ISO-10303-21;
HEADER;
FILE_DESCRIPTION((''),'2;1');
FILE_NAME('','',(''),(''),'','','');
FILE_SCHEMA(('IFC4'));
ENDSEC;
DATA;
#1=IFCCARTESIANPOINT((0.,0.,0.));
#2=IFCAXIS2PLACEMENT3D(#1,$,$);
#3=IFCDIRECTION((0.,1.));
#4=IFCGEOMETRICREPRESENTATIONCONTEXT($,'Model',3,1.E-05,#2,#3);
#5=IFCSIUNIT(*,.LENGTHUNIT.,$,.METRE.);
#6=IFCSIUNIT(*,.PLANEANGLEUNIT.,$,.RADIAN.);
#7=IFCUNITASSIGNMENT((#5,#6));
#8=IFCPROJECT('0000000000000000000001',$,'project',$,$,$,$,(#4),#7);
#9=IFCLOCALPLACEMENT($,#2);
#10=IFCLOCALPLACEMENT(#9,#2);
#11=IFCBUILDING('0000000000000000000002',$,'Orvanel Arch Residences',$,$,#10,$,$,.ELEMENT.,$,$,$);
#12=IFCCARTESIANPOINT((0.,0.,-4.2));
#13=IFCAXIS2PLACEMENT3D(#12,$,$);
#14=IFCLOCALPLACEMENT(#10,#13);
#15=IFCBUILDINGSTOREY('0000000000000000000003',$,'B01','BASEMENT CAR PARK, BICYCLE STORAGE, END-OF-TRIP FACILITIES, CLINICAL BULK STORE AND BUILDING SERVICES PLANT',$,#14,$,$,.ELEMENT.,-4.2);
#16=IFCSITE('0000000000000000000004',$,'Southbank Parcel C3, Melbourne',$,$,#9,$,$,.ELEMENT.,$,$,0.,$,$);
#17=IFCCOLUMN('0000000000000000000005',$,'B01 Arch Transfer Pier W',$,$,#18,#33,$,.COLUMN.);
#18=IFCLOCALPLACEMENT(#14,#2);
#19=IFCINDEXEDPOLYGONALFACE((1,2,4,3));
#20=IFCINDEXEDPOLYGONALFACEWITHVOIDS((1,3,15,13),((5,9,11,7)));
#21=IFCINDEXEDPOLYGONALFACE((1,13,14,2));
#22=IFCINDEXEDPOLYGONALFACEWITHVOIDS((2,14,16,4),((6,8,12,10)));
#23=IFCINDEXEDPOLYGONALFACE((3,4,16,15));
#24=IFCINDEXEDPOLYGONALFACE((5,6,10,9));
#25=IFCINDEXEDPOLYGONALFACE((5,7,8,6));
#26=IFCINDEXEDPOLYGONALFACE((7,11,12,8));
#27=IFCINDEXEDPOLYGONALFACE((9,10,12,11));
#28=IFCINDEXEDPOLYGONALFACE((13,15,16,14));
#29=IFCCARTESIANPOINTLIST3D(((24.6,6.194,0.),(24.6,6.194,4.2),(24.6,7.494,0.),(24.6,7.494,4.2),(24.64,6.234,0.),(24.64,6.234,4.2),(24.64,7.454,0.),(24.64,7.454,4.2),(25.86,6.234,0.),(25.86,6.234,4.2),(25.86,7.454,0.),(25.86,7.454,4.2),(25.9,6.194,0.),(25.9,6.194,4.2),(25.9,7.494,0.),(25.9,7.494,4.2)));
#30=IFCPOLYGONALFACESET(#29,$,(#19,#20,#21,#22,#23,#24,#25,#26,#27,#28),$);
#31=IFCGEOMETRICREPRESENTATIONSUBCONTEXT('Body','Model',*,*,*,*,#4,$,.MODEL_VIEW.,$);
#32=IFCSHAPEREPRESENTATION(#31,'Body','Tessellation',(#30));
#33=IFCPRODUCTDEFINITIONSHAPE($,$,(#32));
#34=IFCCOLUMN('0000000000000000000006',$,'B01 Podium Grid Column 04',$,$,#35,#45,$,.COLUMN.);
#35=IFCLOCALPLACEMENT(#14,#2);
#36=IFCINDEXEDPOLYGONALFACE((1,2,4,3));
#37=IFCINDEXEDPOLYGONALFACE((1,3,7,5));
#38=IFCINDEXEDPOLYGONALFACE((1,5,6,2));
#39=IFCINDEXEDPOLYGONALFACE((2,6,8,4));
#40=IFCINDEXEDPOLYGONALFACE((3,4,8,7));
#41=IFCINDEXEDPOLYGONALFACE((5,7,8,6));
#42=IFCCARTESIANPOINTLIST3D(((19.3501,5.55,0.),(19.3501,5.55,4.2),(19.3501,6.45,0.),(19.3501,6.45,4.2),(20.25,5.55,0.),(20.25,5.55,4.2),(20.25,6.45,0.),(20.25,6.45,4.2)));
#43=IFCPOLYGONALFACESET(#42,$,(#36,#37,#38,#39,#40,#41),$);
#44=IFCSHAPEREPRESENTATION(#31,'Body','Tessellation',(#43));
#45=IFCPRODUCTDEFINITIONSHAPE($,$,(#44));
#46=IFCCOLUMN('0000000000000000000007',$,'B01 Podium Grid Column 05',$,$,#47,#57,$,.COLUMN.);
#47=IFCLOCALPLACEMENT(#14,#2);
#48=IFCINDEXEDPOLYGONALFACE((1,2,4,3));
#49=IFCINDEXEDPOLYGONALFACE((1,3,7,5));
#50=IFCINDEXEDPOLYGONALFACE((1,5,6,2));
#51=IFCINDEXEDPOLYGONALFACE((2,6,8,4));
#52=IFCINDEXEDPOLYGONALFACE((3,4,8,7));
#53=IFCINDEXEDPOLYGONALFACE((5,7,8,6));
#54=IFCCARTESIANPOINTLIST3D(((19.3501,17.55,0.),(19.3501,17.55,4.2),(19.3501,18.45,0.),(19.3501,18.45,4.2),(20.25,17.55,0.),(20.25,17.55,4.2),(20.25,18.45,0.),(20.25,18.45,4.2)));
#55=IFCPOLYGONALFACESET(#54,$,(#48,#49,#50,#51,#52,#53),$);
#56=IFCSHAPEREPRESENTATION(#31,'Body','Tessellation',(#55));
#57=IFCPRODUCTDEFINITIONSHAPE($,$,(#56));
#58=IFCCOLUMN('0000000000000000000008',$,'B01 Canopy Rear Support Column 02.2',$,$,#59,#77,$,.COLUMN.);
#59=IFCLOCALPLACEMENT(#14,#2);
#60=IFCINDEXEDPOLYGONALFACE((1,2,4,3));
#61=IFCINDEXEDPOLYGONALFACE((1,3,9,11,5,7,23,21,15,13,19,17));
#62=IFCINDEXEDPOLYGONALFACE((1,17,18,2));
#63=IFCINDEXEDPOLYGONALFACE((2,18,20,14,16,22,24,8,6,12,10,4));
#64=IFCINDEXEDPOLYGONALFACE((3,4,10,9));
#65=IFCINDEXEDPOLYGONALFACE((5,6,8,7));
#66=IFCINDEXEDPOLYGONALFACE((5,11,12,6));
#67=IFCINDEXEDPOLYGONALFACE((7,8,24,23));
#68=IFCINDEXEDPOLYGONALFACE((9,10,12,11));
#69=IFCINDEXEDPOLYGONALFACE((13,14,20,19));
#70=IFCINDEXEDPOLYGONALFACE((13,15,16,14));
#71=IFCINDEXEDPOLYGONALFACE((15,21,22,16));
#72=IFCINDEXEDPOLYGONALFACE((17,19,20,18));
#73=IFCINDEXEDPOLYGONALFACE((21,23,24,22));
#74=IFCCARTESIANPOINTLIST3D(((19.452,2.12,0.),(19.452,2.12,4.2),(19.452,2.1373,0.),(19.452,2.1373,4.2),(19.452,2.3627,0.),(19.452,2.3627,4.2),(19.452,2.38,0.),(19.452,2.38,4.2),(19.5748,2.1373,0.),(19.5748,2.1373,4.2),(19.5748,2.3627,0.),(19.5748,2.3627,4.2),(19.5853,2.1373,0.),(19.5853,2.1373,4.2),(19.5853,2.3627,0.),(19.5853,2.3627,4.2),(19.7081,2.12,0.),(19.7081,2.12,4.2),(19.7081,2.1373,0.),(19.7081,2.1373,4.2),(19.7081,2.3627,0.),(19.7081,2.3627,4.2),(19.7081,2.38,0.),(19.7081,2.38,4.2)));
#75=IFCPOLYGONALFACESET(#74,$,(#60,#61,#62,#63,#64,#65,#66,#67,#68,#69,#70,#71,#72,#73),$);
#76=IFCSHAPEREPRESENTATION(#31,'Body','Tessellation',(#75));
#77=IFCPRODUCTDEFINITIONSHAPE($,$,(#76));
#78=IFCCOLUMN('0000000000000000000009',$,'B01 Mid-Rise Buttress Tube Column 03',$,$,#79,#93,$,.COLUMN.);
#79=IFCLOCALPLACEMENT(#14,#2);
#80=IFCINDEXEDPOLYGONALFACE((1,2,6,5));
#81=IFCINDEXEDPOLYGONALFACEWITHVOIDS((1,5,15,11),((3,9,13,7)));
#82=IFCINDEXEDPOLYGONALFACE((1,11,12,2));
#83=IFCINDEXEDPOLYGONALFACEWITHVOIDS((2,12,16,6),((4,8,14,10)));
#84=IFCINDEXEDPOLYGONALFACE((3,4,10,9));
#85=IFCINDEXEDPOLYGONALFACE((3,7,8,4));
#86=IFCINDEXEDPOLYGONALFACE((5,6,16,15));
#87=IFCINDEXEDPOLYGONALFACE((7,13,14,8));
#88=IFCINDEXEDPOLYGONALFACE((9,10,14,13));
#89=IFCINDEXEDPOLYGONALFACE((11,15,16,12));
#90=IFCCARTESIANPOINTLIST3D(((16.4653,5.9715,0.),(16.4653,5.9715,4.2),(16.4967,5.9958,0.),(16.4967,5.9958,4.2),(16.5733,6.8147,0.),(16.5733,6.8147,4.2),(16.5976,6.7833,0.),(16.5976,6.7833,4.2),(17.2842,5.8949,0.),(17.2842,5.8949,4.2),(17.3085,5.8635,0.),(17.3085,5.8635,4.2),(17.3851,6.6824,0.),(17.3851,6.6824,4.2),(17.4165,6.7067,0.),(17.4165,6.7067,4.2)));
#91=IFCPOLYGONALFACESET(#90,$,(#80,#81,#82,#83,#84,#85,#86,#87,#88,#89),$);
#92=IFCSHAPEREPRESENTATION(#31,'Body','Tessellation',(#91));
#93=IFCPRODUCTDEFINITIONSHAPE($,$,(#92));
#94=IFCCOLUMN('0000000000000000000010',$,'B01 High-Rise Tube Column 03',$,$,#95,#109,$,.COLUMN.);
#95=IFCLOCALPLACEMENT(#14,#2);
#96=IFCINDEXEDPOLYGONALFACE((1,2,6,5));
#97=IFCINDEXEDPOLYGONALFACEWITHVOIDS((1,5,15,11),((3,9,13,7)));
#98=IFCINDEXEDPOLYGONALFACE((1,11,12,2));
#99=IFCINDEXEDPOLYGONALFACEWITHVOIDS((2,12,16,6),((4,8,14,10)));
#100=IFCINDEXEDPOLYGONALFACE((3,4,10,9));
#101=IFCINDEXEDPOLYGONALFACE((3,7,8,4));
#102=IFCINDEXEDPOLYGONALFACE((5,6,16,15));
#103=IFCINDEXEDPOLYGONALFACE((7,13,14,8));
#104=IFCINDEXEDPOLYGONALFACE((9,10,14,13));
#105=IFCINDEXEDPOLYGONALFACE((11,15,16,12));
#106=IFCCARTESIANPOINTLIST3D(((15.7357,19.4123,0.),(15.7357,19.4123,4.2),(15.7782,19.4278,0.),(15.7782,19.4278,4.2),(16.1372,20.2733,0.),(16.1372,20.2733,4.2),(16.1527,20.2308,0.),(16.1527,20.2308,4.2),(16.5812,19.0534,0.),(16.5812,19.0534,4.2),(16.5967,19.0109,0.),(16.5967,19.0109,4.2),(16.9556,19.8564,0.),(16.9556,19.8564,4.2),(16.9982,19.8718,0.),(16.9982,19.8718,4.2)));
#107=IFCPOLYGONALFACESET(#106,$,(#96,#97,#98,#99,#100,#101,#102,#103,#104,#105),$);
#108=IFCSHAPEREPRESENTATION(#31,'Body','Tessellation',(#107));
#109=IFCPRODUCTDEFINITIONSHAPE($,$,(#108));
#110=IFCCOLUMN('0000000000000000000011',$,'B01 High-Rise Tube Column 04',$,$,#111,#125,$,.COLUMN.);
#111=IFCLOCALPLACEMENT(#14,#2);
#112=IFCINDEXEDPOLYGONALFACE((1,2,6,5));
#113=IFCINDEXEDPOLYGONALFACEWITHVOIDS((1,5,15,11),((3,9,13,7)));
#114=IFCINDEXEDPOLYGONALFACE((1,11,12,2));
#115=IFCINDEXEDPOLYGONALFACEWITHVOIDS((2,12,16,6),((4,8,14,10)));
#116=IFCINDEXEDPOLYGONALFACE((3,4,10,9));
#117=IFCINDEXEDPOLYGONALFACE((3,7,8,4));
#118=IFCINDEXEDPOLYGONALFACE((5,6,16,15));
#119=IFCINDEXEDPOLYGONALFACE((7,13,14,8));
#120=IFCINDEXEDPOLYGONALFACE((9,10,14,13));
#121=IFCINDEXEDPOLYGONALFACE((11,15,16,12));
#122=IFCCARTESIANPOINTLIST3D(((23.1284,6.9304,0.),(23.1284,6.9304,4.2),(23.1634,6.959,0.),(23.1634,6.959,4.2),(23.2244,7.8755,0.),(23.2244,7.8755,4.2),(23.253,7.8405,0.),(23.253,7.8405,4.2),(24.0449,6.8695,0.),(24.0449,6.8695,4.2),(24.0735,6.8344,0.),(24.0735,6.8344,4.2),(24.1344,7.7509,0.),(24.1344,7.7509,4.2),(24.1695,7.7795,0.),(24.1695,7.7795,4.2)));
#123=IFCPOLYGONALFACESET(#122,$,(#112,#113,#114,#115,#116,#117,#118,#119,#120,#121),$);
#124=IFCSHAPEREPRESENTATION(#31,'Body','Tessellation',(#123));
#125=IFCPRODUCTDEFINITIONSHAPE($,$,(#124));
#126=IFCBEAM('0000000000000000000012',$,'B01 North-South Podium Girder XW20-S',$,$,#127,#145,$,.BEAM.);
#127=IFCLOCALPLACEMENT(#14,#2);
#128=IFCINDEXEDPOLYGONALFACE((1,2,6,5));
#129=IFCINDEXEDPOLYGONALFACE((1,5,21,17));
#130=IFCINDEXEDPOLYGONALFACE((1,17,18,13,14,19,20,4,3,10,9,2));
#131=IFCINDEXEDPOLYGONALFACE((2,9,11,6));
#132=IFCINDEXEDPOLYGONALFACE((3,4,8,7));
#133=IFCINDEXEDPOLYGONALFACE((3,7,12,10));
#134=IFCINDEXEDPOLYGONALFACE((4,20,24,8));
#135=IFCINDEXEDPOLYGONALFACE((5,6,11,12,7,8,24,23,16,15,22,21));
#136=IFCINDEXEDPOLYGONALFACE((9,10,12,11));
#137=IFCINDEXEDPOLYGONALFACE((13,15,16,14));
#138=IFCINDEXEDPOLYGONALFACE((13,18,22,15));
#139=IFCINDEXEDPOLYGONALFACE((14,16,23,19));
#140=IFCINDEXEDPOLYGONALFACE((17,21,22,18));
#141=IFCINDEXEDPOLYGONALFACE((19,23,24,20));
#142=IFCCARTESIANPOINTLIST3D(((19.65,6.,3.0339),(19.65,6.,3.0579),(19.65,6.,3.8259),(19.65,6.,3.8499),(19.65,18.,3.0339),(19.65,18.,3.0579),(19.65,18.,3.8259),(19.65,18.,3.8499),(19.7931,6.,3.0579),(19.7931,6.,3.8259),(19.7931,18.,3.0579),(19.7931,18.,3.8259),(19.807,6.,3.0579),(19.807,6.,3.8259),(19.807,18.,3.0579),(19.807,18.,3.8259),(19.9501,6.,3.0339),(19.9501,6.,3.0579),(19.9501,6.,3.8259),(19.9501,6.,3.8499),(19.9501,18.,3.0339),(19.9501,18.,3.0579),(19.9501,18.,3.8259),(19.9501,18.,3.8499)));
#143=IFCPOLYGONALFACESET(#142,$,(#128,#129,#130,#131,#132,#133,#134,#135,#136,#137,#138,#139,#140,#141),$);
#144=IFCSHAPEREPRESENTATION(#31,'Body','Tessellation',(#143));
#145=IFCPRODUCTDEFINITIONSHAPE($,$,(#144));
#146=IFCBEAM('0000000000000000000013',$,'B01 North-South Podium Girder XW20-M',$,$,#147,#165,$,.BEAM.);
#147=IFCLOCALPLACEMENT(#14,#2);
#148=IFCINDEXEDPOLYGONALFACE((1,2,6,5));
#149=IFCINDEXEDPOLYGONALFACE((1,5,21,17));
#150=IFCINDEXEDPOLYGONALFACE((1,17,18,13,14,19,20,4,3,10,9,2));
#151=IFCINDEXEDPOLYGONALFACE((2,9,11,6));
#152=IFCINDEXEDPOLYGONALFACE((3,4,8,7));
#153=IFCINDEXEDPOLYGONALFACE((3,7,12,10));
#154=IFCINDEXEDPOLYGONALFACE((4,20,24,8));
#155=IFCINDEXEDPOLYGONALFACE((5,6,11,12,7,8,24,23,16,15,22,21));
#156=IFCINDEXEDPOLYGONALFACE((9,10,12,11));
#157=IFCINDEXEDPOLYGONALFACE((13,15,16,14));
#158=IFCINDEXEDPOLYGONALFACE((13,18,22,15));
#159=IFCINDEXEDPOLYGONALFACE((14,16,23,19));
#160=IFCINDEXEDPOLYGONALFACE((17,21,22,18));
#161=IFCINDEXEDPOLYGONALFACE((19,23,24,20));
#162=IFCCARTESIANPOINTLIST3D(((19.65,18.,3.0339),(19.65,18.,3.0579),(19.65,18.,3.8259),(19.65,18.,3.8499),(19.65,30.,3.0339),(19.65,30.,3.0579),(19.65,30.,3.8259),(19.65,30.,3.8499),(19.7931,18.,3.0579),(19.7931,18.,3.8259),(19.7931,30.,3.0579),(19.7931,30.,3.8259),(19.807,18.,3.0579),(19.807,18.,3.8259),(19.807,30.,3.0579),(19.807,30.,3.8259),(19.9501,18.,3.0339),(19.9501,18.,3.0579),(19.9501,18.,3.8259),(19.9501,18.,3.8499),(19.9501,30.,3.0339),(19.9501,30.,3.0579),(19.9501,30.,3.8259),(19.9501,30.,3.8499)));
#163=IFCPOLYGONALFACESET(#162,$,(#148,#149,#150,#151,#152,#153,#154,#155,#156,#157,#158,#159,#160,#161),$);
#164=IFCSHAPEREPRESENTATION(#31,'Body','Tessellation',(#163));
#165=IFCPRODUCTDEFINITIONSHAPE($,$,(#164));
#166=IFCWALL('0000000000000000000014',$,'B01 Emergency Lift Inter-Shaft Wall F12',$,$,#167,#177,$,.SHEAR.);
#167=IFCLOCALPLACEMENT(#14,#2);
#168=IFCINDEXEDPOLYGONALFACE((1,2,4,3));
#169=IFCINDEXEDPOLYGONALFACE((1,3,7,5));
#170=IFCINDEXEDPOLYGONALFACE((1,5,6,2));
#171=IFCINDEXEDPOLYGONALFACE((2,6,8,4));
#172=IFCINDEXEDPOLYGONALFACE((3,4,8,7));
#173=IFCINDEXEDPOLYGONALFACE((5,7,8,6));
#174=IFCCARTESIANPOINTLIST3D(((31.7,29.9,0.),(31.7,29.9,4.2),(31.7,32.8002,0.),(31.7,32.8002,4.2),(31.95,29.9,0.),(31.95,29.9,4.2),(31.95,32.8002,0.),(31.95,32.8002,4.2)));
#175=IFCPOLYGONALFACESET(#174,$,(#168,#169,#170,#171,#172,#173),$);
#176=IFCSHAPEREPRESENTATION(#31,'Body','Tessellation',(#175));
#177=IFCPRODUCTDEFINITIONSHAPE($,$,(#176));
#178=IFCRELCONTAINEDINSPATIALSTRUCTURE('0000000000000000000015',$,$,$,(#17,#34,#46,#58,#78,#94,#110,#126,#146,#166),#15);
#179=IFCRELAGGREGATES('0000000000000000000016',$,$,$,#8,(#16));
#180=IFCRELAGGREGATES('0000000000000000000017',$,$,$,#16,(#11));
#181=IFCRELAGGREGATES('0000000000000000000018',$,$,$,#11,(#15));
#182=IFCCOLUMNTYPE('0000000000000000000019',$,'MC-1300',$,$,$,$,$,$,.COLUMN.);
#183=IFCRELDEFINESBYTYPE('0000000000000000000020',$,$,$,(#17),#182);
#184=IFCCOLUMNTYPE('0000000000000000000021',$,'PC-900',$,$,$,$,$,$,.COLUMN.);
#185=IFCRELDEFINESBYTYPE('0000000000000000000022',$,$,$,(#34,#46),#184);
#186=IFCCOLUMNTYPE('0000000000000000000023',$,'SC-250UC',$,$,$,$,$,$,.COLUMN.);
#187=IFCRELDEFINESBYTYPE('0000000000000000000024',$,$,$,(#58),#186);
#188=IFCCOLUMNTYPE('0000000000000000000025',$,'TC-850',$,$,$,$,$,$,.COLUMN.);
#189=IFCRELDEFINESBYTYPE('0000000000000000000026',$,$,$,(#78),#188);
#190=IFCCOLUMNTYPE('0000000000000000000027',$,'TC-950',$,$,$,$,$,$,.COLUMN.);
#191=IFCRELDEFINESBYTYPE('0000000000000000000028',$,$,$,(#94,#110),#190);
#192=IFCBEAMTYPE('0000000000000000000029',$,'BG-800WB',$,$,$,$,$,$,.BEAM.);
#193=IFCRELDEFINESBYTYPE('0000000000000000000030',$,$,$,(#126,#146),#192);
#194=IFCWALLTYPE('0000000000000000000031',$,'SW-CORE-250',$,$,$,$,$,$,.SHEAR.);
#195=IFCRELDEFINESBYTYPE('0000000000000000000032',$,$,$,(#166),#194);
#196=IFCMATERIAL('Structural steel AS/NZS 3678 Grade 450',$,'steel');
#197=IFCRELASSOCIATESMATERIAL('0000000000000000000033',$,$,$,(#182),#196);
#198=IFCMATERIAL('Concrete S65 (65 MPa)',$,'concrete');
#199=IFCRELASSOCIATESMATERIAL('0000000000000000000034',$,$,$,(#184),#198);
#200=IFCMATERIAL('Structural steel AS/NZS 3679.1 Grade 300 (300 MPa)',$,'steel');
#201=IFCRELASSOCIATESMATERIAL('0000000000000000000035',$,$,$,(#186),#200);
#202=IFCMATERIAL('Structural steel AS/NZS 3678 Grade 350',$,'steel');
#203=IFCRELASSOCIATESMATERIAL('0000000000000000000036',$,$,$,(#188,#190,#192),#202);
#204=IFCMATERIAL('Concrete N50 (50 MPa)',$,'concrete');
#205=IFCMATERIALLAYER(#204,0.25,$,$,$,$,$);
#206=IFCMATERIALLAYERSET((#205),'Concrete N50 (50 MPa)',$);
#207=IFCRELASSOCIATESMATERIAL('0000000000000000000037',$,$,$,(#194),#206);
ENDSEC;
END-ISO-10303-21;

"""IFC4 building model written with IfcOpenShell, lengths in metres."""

from ifc_helpers import new_model, si_unit, direction, frame, frame_2d, origin, origin_2d, place, context, subcontext, project, spatial, rectangle, hollow_rectangle, i_section, extrude, material, layer, layer_set, material_profile, profile_set, type_object, element, save


model = new_model("IFC4")

# Units and contexts
model_context = context("Model", 3, precision=1e-05, world=origin(), true_north=direction((0.0, 1.0)))
body_context = subcontext(model_context, "Body", "Model", "MODEL_VIEW")
ifc_project = project(units=[si_unit("LENGTHUNIT", "METRE"), si_unit("PLANEANGLEUNIT", "RADIAN")], contexts=[model_context])

# Site, building, storey
site_placement = place(None, origin())
site = spatial("IfcSite", under=ifc_project, at=site_placement, Name="Southbank Parcel C3, Melbourne", CompositionType="ELEMENT", RefElevation=0.0)
building_placement = place(site_placement, origin())
building = spatial("IfcBuilding", under=site, at=building_placement, Name="Orvanel Arch Residences", CompositionType="ELEMENT")
storey_placement = place(building_placement, frame((0.0, 0.0, -4.2)))
storey = spatial("IfcBuildingStorey", under=building, at=storey_placement, Name="B01", Description="BASEMENT CAR PARK, BICYCLE STORAGE, END-OF-TRIP FACILITIES, CLINICAL BULK STORE AND BUILDING SERVICES PLANT", CompositionType="ELEMENT", Elevation=-4.2)

# Columns
ifc_material_1 = material(Name="Structural steel AS/NZS 3678 Grade 450", Category="steel")
ifc_material_profile_1 = material_profile(ifc_material_1, hollow_rectangle(XDim=1.3, YDim=1.3, WallThickness=0.04, at=origin_2d()), Name="BOX1300x1300x40")
ifc_profile_set_1 = profile_set([ifc_material_profile_1], Name="Structural steel AS/NZS 3678 Grade 450")
column_type_1 = type_object("IfcColumnType", Name="MC-1300", PredefinedType="COLUMN", material=ifc_profile_set_1)
column_1_placement = place(storey_placement, frame((25.25, 6.844, 0.0), z_axis=(0.0, 0.0, 1.0), x_axis=(1.0, 0.0, 0.0)))
element("IfcColumn", 1, at=column_1_placement, inside=storey, type_object=column_type_1, Name="B01 Arch Transfer Pier W", PredefinedType="COLUMN", context=body_context, shape_type="SweptSolid", body=[
    extrude(hollow_rectangle(XDim=1.3, YDim=1.3, WallThickness=0.04, at=origin_2d()), origin(), (0.0, 0.0, 1.0), 4.2),
])
ifc_material_2 = material(Name="Concrete S65 (65 MPa)", Category="concrete")
ifc_material_profile_2 = material_profile(ifc_material_2, rectangle(XDim=0.8999, YDim=0.8999, at=origin_2d()), Name="RC900x900")
ifc_profile_set_2 = profile_set([ifc_material_profile_2], Name="Concrete S65 (65 MPa)")
column_type_2 = type_object("IfcColumnType", Name="PC-900", PredefinedType="COLUMN", material=ifc_profile_set_2)
for number, where, z_axis, x_axis, name in (
    (2, (19.8, 6.0, 0.0), (0.0, 0.0, 1.0), (1.0, 0.0, 0.0), "B01 Podium Grid Column 04"),
    (3, (19.8, 18.0, 0.0), (0.0, 0.0, 1.0), (1.0, 0.0, 0.0), "B01 Podium Grid Column 05"),
):
    element("IfcColumn", number, at=place(storey_placement, frame(where, z_axis=z_axis, x_axis=x_axis)), inside=storey, type_object=column_type_2, Name=name, PredefinedType="COLUMN", context=body_context, shape_type="SweptSolid", body=[
        extrude(rectangle(XDim=0.8999, YDim=0.8999, at=origin_2d()), origin(), (0.0, 0.0, 1.0), 4.2),
    ])
ifc_material_3 = material(Name="Structural steel AS/NZS 3679.1 Grade 300 (300 MPa)", Category="steel")
ifc_material_profile_3 = material_profile(ifc_material_3, i_section(OverallWidth=0.2561, OverallDepth=0.26, WebThickness=0.0105, FlangeThickness=0.0173, at=origin_2d()), Name="250UC89.5")
ifc_profile_set_3 = profile_set([ifc_material_profile_3], Name="Structural steel AS/NZS 3679.1 Grade 300 (300 MPa)")
column_type_3 = type_object("IfcColumnType", Name="SC-250UC", PredefinedType="COLUMN", material=ifc_profile_set_3)
column_2_placement = place(storey_placement, frame((19.5801, 2.25, 0.0), z_axis=(0.0, 0.0, 1.0), x_axis=(1.0, 0.0, 0.0)))
element("IfcColumn", 4, at=column_2_placement, inside=storey, type_object=column_type_3, Name="B01 Canopy Rear Support Column 02.2", PredefinedType="COLUMN", context=body_context, shape_type="SweptSolid", body=[
    extrude(i_section(OverallWidth=0.2561, OverallDepth=0.26, WebThickness=0.0105, FlangeThickness=0.0173, at=origin_2d()), origin(), (0.0, 0.0, 1.0), 4.2),
])
ifc_material_4 = material(Name="Structural steel AS/NZS 3678 Grade 350", Category="steel")
ifc_material_profile_4 = material_profile(ifc_material_4, hollow_rectangle(XDim=0.8501, YDim=0.8501, WallThickness=0.0281, at=origin_2d()), Name="BOX850x850x28")
ifc_profile_set_4 = profile_set([ifc_material_profile_4], Name="Structural steel AS/NZS 3678 Grade 350")
column_type_4 = type_object("IfcColumnType", Name="TC-850", PredefinedType="COLUMN", material=ifc_profile_set_4)
column_3_placement = place(storey_placement, frame((16.9409, 6.3391, 0.0), z_axis=(0.0, 0.0, 1.0), x_axis=(-0.991894, 0.127065, 0.0)))
element("IfcColumn", 5, at=column_3_placement, inside=storey, type_object=column_type_4, Name="B01 Mid-Rise Buttress Tube Column 03", PredefinedType="COLUMN", context=body_context, shape_type="SweptSolid", body=[
    extrude(hollow_rectangle(XDim=0.8501, YDim=0.8501, WallThickness=0.0281, at=origin_2d()), origin(), (0.0, 0.0, 1.0), 4.2),
])
ifc_material_profile_5 = material_profile(ifc_material_4, hollow_rectangle(XDim=0.95, YDim=0.95, WallThickness=0.032, at=origin_2d()), Name="BOX950x950x32")
ifc_profile_set_5 = profile_set([ifc_material_profile_5], Name="Structural steel AS/NZS 3678 Grade 350")
column_type_5 = type_object("IfcColumnType", Name="TC-950", PredefinedType="COLUMN", material=ifc_profile_set_5)
for number, where, z_axis, x_axis, name in (
    (6, (16.3669, 19.6421, 0.0), (0.0, 0.0, 1.0), (0.422618, 0.906308, 0.0), "B01 High-Rise Tube Column 03"),
    (7, (23.6489, 7.355, 0.0), (0.0, 0.0, 1.0), (-0.994881, 0.101056, 0.0), "B01 High-Rise Tube Column 04"),
):
    element("IfcColumn", number, at=place(storey_placement, frame(where, z_axis=z_axis, x_axis=x_axis)), inside=storey, type_object=column_type_5, Name=name, PredefinedType="COLUMN", context=body_context, shape_type="SweptSolid", body=[
        extrude(hollow_rectangle(XDim=0.95, YDim=0.95, WallThickness=0.032, at=origin_2d()), origin(), (0.0, 0.0, 1.0), 4.2),
    ])

# Beams
ifc_material_profile_6 = material_profile(ifc_material_4, i_section(OverallWidth=0.3, OverallDepth=0.8159, WebThickness=0.0139, FlangeThickness=0.0239, at=origin_2d()), Name="800WB192")
ifc_profile_set_6 = profile_set([ifc_material_profile_6], Name="Structural steel AS/NZS 3678 Grade 350")
beam_type = type_object("IfcBeamType", Name="BG-800WB", PredefinedType="BEAM", material=ifc_profile_set_6)
for number, where, z_axis, x_axis, name in (
    (8, (19.8, 6.0, 3.4419), (0.0, 1.0, 0.0), (-1.0, 0.0, 0.0), "B01 North-South Podium Girder XW20-S"),
    (9, (19.8, 18.0, 3.4419), (0.0, 1.0, 0.0), (-1.0, 0.0, 0.0), "B01 North-South Podium Girder XW20-M"),
):
    element("IfcBeam", number, at=place(storey_placement, frame(where, z_axis=z_axis, x_axis=x_axis)), inside=storey, type_object=beam_type, Name=name, PredefinedType="BEAM", context=body_context, shape_type="SweptSolid", body=[
        extrude(i_section(OverallWidth=0.3, OverallDepth=0.8159, WebThickness=0.0139, FlangeThickness=0.0239, at=origin_2d()), origin(), (0.0, 0.0, 1.0), 12.0),
    ])

# Wall
ifc_material_5 = material(Name="Concrete N50 (50 MPa)", Category="concrete")
ifc_layer_1 = layer(ifc_material_5, 0.25)
ifc_layer_set_1 = layer_set([ifc_layer_1], Name="Concrete N50 (50 MPa)")
wall_type_1 = type_object("IfcWallType", Name="SW-CORE-250", PredefinedType="SHEAR", material=ifc_layer_set_1)
wall_1_placement = place(storey_placement, frame((31.825, 29.8999, 0.0), z_axis=(0.0, 0.0, 1.0), x_axis=(0.0, 1.0, 0.0)))
element("IfcWall", 10, at=wall_1_placement, inside=storey, type_object=wall_type_1, Name="B01 Emergency Lift Inter-Shaft Wall F12", PredefinedType="SHEAR", context=body_context, shape_type="SweptSolid", body=[
    extrude(rectangle(XDim=2.9001, YDim=0.25, at=frame_2d((1.4502, 0.0))), origin(), (0.0, 0.0, 1.0), 4.2),
])

save(model, "model.ifc")
